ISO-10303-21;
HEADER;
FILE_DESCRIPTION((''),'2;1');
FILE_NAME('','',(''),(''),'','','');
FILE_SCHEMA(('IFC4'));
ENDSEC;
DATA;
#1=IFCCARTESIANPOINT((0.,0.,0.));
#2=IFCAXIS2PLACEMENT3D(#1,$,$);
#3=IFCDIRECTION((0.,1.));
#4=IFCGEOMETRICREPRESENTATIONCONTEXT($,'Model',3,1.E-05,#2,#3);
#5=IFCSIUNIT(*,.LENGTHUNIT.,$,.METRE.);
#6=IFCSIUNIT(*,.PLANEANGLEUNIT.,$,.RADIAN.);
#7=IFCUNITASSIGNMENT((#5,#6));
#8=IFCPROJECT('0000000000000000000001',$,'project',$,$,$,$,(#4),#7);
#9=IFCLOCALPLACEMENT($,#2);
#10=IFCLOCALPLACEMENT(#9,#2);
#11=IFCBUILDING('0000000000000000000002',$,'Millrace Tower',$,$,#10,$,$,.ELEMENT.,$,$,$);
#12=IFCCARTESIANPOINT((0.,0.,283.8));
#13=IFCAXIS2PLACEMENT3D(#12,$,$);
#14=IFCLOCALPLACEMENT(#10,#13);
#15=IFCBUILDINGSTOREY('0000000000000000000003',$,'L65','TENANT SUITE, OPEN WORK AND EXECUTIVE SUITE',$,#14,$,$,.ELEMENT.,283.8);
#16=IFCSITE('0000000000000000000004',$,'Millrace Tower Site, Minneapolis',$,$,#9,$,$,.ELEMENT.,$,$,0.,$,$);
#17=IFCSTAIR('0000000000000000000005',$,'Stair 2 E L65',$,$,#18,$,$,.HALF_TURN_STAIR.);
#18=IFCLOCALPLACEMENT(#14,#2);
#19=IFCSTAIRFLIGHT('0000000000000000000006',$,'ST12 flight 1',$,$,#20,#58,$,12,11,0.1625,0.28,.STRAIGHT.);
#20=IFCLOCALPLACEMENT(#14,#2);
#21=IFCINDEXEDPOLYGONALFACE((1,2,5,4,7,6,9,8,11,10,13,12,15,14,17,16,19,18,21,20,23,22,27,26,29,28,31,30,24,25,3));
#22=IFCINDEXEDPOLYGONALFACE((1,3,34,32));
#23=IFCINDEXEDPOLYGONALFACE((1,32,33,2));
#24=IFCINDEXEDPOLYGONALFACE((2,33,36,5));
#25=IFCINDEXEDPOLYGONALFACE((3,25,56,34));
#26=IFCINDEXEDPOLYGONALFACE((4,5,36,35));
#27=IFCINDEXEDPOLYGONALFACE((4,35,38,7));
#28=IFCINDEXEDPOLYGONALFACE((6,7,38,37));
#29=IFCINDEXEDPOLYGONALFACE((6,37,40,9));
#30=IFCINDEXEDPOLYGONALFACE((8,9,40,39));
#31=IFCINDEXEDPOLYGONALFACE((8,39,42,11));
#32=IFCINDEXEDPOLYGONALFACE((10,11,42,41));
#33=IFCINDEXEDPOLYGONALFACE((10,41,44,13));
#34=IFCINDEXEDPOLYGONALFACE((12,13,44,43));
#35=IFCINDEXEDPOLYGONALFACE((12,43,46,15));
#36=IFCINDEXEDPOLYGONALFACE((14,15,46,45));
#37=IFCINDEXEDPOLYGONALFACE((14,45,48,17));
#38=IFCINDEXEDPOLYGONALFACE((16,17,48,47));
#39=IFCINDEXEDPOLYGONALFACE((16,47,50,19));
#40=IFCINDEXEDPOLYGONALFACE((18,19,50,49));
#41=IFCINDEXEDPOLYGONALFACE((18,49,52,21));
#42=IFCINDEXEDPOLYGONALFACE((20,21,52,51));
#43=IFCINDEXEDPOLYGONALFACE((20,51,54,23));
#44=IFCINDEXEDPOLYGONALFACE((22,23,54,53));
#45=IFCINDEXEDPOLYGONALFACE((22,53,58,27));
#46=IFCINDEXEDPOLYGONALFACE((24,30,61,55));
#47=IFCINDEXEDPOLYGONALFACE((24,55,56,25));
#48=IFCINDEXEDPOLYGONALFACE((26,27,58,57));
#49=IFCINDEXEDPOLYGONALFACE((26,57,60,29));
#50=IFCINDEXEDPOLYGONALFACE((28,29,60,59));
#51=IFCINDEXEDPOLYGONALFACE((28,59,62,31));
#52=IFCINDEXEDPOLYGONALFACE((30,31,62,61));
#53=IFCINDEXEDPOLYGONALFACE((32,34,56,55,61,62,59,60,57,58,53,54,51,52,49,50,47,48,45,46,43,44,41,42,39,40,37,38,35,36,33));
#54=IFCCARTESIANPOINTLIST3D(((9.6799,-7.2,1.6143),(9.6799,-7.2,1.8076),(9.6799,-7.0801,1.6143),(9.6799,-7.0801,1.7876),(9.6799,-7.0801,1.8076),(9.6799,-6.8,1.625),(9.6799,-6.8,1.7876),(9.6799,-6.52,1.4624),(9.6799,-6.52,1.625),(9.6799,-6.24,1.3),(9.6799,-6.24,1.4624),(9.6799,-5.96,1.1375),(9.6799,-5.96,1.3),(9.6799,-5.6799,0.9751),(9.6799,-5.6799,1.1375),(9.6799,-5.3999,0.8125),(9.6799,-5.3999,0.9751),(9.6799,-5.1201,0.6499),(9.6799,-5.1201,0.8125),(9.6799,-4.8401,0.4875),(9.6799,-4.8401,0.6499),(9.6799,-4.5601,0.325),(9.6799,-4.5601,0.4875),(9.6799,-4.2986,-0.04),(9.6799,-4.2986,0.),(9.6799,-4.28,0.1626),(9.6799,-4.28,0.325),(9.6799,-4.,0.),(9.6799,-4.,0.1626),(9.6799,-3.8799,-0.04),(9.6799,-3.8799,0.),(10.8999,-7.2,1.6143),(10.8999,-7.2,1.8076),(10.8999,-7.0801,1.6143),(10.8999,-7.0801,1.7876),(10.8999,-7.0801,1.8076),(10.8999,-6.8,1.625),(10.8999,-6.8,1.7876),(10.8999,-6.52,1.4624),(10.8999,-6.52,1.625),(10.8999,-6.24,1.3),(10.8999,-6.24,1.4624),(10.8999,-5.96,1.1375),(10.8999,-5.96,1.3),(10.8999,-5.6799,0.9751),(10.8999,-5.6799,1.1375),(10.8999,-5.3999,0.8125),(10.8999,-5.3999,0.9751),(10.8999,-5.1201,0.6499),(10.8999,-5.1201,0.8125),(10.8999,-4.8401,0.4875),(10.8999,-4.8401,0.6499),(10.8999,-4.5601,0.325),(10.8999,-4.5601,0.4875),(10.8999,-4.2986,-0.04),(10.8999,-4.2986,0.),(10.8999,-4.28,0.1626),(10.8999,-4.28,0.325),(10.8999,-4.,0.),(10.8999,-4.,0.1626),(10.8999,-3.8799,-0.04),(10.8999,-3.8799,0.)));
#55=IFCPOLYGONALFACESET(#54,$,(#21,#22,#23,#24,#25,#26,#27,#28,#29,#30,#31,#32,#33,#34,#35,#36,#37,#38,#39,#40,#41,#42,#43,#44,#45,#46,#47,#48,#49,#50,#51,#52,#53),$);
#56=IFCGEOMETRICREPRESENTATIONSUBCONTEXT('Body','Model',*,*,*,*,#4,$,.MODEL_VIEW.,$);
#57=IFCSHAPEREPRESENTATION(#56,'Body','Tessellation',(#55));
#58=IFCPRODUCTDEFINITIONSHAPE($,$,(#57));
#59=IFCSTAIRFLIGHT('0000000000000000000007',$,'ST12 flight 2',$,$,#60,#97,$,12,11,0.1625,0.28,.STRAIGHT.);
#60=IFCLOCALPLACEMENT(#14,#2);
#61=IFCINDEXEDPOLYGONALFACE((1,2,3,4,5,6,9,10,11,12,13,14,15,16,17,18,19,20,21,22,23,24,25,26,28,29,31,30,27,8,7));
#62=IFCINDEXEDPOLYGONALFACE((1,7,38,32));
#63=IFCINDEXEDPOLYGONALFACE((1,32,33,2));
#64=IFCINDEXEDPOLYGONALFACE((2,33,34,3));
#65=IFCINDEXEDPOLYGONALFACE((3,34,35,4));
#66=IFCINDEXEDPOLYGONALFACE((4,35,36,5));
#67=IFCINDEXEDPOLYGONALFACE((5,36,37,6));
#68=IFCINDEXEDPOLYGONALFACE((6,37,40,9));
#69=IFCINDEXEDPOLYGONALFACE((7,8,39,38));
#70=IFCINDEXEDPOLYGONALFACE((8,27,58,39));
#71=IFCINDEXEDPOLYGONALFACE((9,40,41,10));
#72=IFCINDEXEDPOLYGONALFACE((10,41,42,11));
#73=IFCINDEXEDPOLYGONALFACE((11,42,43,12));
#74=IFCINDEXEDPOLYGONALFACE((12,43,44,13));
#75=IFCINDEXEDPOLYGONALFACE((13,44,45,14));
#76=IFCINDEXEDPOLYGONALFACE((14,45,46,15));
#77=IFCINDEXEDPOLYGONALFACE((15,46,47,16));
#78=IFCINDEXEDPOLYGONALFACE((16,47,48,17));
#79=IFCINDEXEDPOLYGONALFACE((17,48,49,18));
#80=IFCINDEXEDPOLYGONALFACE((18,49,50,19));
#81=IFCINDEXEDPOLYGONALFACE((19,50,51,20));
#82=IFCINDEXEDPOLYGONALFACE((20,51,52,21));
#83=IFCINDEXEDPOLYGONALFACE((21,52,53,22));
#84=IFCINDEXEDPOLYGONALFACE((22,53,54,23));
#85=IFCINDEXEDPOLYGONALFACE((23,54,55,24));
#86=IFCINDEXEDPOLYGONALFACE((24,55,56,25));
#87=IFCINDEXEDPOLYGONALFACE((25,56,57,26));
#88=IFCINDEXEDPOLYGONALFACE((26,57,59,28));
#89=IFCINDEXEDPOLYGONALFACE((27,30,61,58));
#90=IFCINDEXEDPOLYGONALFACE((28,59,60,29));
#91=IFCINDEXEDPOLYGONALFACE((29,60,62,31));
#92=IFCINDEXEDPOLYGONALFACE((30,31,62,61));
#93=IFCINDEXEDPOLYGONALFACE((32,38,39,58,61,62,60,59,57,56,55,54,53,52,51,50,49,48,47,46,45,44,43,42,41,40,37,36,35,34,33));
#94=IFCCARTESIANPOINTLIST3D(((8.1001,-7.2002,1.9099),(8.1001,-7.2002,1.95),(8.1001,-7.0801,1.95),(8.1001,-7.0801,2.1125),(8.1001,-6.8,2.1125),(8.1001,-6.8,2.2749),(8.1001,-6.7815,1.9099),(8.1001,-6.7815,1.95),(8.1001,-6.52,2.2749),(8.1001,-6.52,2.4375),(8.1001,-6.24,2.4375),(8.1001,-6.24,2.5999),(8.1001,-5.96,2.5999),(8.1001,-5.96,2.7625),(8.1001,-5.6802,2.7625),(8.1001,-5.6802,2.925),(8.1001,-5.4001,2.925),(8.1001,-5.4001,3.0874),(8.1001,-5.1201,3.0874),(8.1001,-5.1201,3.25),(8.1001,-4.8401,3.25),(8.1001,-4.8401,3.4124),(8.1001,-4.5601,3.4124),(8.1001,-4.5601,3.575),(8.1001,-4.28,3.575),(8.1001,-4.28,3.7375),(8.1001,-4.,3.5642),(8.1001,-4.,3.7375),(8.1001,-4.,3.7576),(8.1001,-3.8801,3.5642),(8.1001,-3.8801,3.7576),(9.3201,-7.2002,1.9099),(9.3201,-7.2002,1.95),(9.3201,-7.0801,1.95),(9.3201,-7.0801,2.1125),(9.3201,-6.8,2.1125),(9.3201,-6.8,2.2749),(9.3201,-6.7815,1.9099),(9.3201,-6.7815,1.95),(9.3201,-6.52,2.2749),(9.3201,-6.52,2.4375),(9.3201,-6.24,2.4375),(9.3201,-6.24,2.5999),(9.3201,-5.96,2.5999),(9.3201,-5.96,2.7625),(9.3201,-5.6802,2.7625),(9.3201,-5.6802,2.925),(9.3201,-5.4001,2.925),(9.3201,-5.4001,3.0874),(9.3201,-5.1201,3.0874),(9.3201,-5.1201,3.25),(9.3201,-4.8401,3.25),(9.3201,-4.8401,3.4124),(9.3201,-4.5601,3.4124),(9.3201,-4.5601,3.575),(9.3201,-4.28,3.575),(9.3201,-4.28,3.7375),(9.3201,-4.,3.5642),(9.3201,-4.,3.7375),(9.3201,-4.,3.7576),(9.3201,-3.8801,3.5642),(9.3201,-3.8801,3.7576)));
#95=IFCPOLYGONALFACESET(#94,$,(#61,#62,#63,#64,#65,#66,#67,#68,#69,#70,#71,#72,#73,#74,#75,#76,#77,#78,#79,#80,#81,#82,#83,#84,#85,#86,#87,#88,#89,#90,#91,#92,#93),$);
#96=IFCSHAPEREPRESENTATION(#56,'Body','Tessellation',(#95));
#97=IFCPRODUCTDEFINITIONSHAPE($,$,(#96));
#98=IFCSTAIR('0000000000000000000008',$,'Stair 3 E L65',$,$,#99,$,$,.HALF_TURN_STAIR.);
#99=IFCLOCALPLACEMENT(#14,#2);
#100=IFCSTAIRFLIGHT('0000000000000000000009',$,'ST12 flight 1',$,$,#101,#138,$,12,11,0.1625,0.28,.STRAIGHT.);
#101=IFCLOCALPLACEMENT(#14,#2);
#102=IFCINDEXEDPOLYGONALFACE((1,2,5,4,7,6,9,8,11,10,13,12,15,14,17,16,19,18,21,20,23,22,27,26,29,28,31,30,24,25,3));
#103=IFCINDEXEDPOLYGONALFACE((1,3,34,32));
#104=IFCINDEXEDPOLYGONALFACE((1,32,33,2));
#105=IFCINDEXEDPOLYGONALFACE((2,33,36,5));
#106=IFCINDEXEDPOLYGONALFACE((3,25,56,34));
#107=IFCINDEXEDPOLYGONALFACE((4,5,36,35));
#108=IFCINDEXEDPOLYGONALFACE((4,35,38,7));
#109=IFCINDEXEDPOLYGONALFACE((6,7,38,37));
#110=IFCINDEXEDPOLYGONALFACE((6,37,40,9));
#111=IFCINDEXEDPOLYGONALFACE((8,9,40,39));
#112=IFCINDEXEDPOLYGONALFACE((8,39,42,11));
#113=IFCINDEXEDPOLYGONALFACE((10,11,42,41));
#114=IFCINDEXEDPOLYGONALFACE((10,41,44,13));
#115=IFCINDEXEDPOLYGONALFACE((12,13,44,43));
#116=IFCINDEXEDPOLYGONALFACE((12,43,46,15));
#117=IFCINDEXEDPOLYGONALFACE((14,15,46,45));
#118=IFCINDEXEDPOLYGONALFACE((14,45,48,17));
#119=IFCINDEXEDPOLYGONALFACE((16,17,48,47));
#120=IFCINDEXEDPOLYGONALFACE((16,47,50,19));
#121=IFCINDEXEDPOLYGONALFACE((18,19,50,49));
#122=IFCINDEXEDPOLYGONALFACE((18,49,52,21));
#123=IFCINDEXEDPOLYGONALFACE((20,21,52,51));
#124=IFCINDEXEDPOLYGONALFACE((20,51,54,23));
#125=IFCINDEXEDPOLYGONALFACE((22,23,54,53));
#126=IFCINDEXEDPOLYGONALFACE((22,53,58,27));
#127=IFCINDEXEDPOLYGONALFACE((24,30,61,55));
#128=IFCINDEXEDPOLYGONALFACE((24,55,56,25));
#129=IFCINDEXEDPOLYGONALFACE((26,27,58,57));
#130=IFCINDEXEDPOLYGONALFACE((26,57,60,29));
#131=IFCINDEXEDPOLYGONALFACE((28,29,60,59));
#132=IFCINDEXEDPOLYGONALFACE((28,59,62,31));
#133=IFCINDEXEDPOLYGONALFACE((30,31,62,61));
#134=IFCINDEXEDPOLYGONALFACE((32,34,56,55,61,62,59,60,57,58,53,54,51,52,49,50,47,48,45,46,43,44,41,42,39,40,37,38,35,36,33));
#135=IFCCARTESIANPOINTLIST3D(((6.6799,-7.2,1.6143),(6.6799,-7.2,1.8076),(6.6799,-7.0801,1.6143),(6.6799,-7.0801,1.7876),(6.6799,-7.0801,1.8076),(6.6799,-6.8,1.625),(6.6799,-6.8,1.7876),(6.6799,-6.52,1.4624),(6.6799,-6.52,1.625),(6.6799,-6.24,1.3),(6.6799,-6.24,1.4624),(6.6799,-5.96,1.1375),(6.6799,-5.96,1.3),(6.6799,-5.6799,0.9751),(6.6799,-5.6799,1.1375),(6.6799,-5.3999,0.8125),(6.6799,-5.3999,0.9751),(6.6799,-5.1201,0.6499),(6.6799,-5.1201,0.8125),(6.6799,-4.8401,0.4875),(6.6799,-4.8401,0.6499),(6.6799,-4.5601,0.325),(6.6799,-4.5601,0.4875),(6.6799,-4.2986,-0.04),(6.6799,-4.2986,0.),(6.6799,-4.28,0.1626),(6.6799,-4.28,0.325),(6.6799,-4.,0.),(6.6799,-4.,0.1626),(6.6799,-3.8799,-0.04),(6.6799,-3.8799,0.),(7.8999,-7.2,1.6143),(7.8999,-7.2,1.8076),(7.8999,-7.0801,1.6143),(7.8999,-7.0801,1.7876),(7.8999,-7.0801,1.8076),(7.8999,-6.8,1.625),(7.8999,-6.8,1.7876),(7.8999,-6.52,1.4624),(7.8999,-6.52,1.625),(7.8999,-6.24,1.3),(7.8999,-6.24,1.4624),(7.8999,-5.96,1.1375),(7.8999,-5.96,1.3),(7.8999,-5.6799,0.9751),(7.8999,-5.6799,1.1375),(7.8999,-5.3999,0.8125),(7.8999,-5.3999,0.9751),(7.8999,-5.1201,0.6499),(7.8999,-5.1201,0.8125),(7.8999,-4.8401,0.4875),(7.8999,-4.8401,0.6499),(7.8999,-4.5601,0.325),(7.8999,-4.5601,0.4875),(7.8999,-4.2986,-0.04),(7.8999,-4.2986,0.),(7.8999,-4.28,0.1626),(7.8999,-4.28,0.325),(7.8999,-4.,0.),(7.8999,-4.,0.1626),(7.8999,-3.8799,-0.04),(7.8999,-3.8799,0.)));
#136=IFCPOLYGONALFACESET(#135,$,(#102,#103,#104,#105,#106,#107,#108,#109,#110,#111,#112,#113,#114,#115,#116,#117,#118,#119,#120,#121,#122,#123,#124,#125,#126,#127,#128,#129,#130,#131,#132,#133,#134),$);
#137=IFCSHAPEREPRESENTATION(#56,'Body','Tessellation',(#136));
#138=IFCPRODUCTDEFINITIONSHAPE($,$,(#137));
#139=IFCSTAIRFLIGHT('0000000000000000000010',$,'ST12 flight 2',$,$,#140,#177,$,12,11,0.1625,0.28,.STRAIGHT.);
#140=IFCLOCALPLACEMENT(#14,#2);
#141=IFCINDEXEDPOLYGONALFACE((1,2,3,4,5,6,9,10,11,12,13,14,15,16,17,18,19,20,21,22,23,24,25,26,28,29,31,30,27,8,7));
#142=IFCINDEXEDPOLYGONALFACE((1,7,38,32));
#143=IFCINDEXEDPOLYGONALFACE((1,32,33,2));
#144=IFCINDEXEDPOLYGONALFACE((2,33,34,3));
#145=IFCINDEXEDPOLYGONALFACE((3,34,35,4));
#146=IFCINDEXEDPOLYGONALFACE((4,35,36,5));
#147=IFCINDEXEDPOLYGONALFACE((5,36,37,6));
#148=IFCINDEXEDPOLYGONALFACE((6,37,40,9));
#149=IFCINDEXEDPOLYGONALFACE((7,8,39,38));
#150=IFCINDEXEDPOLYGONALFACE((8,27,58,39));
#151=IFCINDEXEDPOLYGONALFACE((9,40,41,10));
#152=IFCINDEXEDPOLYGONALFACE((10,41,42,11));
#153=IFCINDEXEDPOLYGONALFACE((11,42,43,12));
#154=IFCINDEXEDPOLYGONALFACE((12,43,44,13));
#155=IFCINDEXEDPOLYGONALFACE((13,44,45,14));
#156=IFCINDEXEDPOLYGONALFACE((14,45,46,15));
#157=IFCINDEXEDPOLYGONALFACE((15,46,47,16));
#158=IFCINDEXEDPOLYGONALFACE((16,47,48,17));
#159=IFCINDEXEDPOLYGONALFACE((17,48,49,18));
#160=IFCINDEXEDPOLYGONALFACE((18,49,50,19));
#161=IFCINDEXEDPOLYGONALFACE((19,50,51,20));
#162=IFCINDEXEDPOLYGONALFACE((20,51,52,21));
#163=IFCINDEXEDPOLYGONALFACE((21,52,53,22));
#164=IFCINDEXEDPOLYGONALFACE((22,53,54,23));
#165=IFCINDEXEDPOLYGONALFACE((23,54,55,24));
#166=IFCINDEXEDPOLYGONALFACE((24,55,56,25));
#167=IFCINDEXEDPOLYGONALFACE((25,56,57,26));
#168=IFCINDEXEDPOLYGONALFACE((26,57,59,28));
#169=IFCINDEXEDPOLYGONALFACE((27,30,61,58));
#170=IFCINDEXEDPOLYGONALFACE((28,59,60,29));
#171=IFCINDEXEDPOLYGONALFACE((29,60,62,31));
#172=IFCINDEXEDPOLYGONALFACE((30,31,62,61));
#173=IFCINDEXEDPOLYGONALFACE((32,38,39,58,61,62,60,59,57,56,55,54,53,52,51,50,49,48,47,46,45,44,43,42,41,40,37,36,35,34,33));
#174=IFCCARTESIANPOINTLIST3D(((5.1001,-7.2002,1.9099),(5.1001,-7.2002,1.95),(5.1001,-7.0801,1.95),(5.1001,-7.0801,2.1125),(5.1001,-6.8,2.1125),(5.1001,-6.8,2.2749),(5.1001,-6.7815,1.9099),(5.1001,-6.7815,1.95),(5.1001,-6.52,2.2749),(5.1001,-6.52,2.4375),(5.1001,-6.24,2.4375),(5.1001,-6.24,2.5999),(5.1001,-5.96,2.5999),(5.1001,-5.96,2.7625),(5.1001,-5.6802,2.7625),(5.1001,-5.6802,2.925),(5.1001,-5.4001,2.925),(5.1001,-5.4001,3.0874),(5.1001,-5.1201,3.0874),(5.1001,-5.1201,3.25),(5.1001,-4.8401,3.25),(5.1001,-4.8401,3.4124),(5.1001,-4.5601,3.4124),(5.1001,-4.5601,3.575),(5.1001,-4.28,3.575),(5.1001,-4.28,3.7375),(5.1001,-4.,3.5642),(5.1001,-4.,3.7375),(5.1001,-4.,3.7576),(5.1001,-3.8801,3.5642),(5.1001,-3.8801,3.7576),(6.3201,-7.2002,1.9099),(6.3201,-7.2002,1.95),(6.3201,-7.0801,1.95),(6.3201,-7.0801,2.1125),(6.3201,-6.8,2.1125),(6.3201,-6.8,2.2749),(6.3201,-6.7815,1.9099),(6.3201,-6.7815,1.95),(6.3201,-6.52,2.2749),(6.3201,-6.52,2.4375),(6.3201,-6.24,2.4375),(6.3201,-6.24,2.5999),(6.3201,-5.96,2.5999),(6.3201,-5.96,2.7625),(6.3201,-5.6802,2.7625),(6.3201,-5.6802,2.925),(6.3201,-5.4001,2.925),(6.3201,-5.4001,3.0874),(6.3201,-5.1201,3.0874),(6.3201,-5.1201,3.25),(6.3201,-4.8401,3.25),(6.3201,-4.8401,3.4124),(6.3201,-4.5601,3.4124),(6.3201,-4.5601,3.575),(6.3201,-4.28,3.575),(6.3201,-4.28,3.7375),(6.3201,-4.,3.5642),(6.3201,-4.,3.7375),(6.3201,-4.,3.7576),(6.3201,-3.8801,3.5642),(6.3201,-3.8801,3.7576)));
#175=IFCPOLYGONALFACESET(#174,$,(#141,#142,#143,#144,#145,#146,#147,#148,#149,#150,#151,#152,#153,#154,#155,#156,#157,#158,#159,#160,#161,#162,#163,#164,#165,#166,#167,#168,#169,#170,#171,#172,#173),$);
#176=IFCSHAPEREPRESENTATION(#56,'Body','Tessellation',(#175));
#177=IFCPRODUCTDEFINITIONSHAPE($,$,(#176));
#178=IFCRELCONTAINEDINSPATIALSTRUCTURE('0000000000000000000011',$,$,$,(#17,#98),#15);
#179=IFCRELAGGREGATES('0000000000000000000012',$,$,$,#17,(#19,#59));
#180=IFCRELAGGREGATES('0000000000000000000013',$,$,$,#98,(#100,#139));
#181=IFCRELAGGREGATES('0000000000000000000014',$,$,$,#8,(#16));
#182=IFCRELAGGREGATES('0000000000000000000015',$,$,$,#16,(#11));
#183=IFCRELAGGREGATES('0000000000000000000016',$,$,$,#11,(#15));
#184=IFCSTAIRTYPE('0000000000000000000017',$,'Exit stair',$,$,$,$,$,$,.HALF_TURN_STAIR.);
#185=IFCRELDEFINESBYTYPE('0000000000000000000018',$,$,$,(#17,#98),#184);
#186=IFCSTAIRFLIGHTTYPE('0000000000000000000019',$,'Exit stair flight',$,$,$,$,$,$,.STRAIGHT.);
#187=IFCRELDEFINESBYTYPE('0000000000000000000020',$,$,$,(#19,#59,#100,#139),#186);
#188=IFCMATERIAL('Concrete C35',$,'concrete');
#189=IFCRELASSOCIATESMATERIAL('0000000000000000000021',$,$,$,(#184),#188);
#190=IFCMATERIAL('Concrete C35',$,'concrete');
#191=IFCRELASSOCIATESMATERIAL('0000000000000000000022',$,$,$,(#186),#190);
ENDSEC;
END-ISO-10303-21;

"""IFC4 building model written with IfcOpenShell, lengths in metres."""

from ifc_helpers import new_model, si_unit, direction, frame, origin, place, context, subcontext, project, spatial, polyline, outline, extrude, material, type_object, element, aggregate, save


model = new_model("IFC4")

# Units and contexts
model_context = context("Model", 3, precision=1e-05, world=origin(), true_north=direction((0.0, 1.0)))
body_context = subcontext(model_context, "Body", "Model", "MODEL_VIEW")
ifc_project = project(units=[si_unit("LENGTHUNIT", "METRE"), si_unit("PLANEANGLEUNIT", "RADIAN")], contexts=[model_context])

# Site, building, storey
site_placement = place(None, origin())
site = spatial("IfcSite", under=ifc_project, at=site_placement, Name="Millrace Tower Site, Minneapolis", CompositionType="ELEMENT", RefElevation=0.0)
building_placement = place(site_placement, origin())
building = spatial("IfcBuilding", under=site, at=building_placement, Name="Millrace Tower", CompositionType="ELEMENT")
storey_placement = place(building_placement, frame((0.0, 0.0, 283.8)))
storey = spatial("IfcBuildingStorey", under=building, at=storey_placement, Name="L65", Description="TENANT SUITE, OPEN WORK AND EXECUTIVE SUITE", CompositionType="ELEMENT", Elevation=283.8)

# Shared definitions
placement = place(storey_placement, origin())

# Stairs, stair flights
ifc_material_1 = material(Name="Concrete C35", Category="concrete")
stair_type = type_object("IfcStairType", Name="Exit stair", PredefinedType="HALF_TURN_STAIR", material=ifc_material_1)
stair_1 = element("IfcStair", 1, at=placement, inside=storey, type_object=stair_type, Name="Stair 2 E L65", PredefinedType="HALF_TURN_STAIR")
ifc_material_2 = material(Name="Concrete C35", Category="concrete")
stair_flight_type = type_object("IfcStairFlightType", Name="Exit stair flight", PredefinedType="STRAIGHT", material=ifc_material_2)
stair_flight_1_placement = place(storey_placement, frame((10.29, -4.0, 0.0), z_axis=(0.0, 0.0, 1.0), x_axis=(0.0, -1.0, 0.0)))
stair_flight_1 = element("IfcStairFlight", 2, at=stair_flight_1_placement, type_object=stair_flight_type, Name="ST12 flight 1", NumberOfRisers=12, NumberOfTreads=11, PredefinedType="STRAIGHT", RiserHeight=0.1625, TreadLength=0.28, context=body_context, shape_type="SweptSolid", body=[
    extrude(outline(polyline([(-0.1201, -0.04), (-0.1201, 0.0), (0.0, 0.0), (0.0, 0.1626), (0.28, 0.1626), (0.28, 0.325), (0.5601, 0.325), (0.5601, 0.4875), (0.8401, 0.4875), (0.8401, 0.6499), (1.1201, 0.6499), (1.1201, 0.8125), (1.3999, 0.8125), (1.3999, 0.9751), (1.6799, 0.9751), (1.6799, 1.1375), (1.96, 1.1375), (1.96, 1.3), (2.24, 1.3), (2.24, 1.4624), (2.52, 1.4624), (2.52, 1.625), (2.8, 1.625), (2.8, 1.7876), (3.0801, 1.7876), (3.0801, 1.8076), (3.2, 1.8076), (3.2, 1.6143), (3.0801, 1.6143), (0.2986, 0.0), (0.2986, -0.04), (-0.1201, -0.04)])), frame((0.0, 0.6099, 0.0), z_axis=(0.0, -1.0, 0.0), x_axis=(1.0, 0.0, 0.0)), (0.0, 0.0, 1.0), 1.22),
])
stair_flight_2_placement = place(storey_placement, frame((8.71, -7.0801, 1.95), z_axis=(0.0, 0.0, 1.0), x_axis=(0.0, 1.0, 0.0)))
stair_flight_2 = element("IfcStairFlight", 3, at=stair_flight_2_placement, type_object=stair_flight_type, Name="ST12 flight 2", NumberOfRisers=12, NumberOfTreads=11, PredefinedType="STRAIGHT", RiserHeight=0.1625, TreadLength=0.28, context=body_context, shape_type="SweptSolid", body=[
    extrude(outline(polyline([(-0.1201, -0.04), (-0.1201, 0.0), (0.0, 0.0), (0.0, 0.1626), (0.28, 0.1626), (0.28, 0.325), (0.5601, 0.325), (0.5601, 0.4875), (0.8401, 0.4875), (0.8401, 0.6499), (1.1201, 0.6499), (1.1201, 0.8125), (1.3999, 0.8125), (1.3999, 0.9751), (1.6799, 0.9751), (1.6799, 1.1375), (1.96, 1.1375), (1.96, 1.3), (2.24, 1.3), (2.24, 1.4624), (2.52, 1.4624), (2.52, 1.625), (2.8, 1.625), (2.8, 1.7876), (3.0801, 1.7876), (3.0801, 1.8076), (3.2, 1.8076), (3.2, 1.6143), (3.0801, 1.6143), (0.2986, 0.0), (0.2986, -0.04), (-0.1201, -0.04)])), frame((0.0, 0.6099, 0.0), z_axis=(0.0, -1.0, 0.0), x_axis=(1.0, 0.0, 0.0)), (0.0, 0.0, 1.0), 1.22),
])
aggregate(stair_1, [stair_flight_1, stair_flight_2])
stair_2 = element("IfcStair", 4, at=placement, inside=storey, type_object=stair_type, Name="Stair 3 E L65", PredefinedType="HALF_TURN_STAIR")
stair_flight_3_placement = place(storey_placement, frame((7.29, -4.0, 0.0), z_axis=(0.0, 0.0, 1.0), x_axis=(0.0, -1.0, 0.0)))
stair_flight_3 = element("IfcStairFlight", 5, at=stair_flight_3_placement, type_object=stair_flight_type, Name="ST12 flight 1", NumberOfRisers=12, NumberOfTreads=11, PredefinedType="STRAIGHT", RiserHeight=0.1625, TreadLength=0.28, context=body_context, shape_type="SweptSolid", body=[
    extrude(outline(polyline([(-0.1201, -0.04), (-0.1201, 0.0), (0.0, 0.0), (0.0, 0.1626), (0.28, 0.1626), (0.28, 0.325), (0.5601, 0.325), (0.5601, 0.4875), (0.8401, 0.4875), (0.8401, 0.6499), (1.1201, 0.6499), (1.1201, 0.8125), (1.3999, 0.8125), (1.3999, 0.9751), (1.6799, 0.9751), (1.6799, 1.1375), (1.96, 1.1375), (1.96, 1.3), (2.24, 1.3), (2.24, 1.4624), (2.52, 1.4624), (2.52, 1.625), (2.8, 1.625), (2.8, 1.7876), (3.0801, 1.7876), (3.0801, 1.8076), (3.2, 1.8076), (3.2, 1.6143), (3.0801, 1.6143), (0.2986, 0.0), (0.2986, -0.04), (-0.1201, -0.04)])), frame((0.0, 0.6099, 0.0), z_axis=(0.0, -1.0, 0.0), x_axis=(1.0, 0.0, 0.0)), (0.0, 0.0, 1.0), 1.22),
])
stair_flight_4_placement = place(storey_placement, frame((5.71, -7.0801, 1.95), z_axis=(0.0, 0.0, 1.0), x_axis=(0.0, 1.0, 0.0)))
stair_flight_4 = element("IfcStairFlight", 6, at=stair_flight_4_placement, type_object=stair_flight_type, Name="ST12 flight 2", NumberOfRisers=12, NumberOfTreads=11, PredefinedType="STRAIGHT", RiserHeight=0.1625, TreadLength=0.28, context=body_context, shape_type="SweptSolid", body=[
    extrude(outline(polyline([(-0.1201, -0.04), (-0.1201, 0.0), (0.0, 0.0), (0.0, 0.1626), (0.28, 0.1626), (0.28, 0.325), (0.5601, 0.325), (0.5601, 0.4875), (0.8401, 0.4875), (0.8401, 0.6499), (1.1201, 0.6499), (1.1201, 0.8125), (1.3999, 0.8125), (1.3999, 0.9751), (1.6799, 0.9751), (1.6799, 1.1375), (1.96, 1.1375), (1.96, 1.3), (2.24, 1.3), (2.24, 1.4624), (2.52, 1.4624), (2.52, 1.625), (2.8, 1.625), (2.8, 1.7876), (3.0801, 1.7876), (3.0801, 1.8076), (3.2, 1.8076), (3.2, 1.6143), (3.0801, 1.6143), (0.2986, 0.0), (0.2986, -0.04), (-0.1201, -0.04)])), frame((0.0, 0.6099, 0.0), z_axis=(0.0, -1.0, 0.0), x_axis=(1.0, 0.0, 0.0)), (0.0, 0.0, 1.0), 1.22),
])
aggregate(stair_2, [stair_flight_3, stair_flight_4])

save(model, "model.ifc")
